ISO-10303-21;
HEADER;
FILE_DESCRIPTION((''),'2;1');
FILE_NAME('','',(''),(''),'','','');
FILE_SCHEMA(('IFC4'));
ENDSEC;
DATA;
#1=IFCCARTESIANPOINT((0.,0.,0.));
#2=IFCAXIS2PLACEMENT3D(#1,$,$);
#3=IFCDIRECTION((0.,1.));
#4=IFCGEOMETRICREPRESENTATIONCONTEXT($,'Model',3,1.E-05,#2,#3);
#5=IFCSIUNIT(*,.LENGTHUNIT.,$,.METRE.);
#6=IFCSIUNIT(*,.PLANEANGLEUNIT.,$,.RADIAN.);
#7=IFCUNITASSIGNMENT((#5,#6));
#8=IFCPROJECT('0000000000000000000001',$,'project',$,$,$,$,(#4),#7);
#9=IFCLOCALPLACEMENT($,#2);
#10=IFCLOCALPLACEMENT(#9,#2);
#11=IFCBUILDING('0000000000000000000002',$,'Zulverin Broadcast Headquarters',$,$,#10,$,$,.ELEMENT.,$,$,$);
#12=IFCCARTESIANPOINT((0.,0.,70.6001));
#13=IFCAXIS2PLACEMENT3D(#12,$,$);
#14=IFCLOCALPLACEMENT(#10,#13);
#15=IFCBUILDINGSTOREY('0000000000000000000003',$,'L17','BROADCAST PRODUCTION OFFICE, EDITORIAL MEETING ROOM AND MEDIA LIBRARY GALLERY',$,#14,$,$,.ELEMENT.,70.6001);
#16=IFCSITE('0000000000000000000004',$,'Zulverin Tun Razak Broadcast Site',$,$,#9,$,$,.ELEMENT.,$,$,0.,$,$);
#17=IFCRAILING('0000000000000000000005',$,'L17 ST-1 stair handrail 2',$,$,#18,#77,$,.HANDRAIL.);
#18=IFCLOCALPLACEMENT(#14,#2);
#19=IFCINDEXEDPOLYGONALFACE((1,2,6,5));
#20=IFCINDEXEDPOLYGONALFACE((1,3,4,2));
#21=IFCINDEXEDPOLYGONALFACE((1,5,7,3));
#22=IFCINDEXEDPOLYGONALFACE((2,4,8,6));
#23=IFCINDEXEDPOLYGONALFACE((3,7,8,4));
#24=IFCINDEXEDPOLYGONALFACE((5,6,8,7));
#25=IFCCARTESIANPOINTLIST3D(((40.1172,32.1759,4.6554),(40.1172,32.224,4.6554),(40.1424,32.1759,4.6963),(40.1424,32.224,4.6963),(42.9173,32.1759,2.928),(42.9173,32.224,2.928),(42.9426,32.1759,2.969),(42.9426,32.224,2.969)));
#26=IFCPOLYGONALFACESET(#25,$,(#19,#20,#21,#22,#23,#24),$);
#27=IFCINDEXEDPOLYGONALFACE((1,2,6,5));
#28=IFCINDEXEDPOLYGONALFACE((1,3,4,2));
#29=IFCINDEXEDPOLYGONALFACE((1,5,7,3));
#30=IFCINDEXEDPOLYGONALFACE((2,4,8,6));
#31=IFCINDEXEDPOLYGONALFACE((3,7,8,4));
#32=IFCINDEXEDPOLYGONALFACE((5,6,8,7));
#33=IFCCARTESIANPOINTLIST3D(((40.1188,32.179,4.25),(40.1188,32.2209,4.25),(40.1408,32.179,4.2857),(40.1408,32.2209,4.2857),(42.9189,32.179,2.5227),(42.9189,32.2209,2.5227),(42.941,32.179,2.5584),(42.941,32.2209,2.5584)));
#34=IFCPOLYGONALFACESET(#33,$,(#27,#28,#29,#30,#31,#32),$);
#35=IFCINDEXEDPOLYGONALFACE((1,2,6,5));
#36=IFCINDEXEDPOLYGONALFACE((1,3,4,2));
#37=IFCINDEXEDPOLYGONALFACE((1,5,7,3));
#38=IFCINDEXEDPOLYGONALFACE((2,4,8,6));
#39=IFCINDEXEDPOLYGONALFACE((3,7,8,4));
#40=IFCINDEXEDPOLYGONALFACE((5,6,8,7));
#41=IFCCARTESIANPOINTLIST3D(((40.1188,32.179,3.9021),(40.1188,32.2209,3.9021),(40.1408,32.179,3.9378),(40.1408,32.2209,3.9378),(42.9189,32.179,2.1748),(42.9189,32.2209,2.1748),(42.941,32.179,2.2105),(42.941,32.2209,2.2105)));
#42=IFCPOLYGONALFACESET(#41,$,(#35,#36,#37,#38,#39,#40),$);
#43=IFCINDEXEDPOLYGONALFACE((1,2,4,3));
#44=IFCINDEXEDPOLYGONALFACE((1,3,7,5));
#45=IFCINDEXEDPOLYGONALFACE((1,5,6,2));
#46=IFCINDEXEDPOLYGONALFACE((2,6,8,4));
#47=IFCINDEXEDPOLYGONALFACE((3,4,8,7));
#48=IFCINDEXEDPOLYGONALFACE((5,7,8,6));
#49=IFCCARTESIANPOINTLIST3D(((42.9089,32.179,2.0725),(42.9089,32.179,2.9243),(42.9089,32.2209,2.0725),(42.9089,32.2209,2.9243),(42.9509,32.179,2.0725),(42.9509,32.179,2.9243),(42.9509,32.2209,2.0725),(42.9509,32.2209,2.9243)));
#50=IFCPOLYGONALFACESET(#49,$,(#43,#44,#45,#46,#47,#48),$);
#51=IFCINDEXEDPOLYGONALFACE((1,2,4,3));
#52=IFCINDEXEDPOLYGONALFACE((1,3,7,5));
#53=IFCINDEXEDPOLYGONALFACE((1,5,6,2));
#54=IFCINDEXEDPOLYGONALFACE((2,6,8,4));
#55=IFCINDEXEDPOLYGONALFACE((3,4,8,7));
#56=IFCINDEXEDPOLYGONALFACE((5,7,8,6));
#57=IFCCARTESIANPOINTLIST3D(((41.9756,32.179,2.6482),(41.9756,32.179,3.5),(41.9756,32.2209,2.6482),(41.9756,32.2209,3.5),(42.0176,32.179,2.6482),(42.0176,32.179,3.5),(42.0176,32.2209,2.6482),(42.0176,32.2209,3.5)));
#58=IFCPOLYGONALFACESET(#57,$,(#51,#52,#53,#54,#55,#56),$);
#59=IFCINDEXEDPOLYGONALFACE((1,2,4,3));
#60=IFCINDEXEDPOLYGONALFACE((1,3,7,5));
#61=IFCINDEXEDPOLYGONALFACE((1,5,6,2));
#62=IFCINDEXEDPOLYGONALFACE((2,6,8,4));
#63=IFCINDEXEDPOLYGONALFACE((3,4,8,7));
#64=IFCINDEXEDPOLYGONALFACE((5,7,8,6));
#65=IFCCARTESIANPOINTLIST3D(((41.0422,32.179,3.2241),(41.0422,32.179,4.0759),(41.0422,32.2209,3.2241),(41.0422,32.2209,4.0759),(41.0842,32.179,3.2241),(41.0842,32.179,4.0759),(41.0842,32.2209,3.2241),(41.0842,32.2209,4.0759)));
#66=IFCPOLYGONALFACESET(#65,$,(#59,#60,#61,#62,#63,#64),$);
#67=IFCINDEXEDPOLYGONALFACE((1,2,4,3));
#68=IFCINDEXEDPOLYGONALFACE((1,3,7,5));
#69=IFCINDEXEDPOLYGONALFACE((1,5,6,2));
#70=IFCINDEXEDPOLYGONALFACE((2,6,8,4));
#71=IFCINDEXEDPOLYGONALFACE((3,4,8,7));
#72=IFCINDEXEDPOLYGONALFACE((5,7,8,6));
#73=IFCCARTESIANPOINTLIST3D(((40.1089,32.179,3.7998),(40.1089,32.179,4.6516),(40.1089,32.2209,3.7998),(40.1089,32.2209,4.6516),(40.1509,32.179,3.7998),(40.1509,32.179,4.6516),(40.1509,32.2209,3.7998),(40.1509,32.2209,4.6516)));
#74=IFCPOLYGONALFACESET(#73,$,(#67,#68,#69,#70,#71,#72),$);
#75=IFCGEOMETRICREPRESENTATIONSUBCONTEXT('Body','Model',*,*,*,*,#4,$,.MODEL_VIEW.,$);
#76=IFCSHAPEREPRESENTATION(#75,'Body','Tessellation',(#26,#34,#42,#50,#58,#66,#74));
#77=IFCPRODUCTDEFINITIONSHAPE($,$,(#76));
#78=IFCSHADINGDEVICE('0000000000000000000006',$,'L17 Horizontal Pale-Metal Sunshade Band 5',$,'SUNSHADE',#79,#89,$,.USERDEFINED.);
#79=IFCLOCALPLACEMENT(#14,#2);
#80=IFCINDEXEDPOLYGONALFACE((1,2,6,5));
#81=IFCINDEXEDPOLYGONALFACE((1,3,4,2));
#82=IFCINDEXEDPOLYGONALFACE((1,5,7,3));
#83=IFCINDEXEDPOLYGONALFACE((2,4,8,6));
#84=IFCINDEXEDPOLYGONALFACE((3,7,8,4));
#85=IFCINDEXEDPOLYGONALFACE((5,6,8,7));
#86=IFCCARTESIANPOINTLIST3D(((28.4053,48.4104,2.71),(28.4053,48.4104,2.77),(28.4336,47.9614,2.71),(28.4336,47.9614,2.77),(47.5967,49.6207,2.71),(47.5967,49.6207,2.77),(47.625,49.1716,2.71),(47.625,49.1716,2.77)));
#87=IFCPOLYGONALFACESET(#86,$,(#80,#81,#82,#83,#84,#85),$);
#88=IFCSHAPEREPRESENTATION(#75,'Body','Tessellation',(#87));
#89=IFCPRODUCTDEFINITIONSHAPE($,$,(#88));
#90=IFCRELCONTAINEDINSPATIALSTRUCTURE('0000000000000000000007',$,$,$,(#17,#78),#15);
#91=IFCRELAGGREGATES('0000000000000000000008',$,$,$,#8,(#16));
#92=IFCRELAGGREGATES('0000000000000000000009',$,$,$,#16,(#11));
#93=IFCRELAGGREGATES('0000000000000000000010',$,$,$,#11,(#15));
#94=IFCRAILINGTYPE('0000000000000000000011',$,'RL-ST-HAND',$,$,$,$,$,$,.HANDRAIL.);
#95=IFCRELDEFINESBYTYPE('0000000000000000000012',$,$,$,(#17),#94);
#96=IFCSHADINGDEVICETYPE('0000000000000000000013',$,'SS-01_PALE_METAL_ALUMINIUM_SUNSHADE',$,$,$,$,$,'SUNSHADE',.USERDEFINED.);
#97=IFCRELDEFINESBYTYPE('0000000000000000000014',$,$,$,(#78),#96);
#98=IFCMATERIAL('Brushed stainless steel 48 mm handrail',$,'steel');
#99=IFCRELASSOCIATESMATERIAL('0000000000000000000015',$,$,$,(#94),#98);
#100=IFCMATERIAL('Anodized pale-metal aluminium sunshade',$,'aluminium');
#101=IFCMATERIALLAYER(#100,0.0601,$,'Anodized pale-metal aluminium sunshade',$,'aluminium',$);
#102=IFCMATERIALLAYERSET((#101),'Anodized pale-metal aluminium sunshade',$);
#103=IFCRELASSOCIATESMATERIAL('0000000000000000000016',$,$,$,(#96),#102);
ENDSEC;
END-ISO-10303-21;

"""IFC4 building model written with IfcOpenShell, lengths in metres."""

from ifc_helpers import new_model, si_unit, direction, frame, origin, origin_2d, place, context, subcontext, project, spatial, rectangle, extrude, material, layer, layer_set, type_object, element, save


model = new_model("IFC4")

# Units and contexts
model_context = context("Model", 3, precision=1e-05, world=origin(), true_north=direction((0.0, 1.0)))
body_context = subcontext(model_context, "Body", "Model", "MODEL_VIEW")
ifc_project = project(units=[si_unit("LENGTHUNIT", "METRE"), si_unit("PLANEANGLEUNIT", "RADIAN")], contexts=[model_context])

# Site, building, storey
site_placement = place(None, origin())
site = spatial("IfcSite", under=ifc_project, at=site_placement, Name="Zulverin Tun Razak Broadcast Site", CompositionType="ELEMENT", RefElevation=0.0)
building_placement = place(site_placement, origin())
building = spatial("IfcBuilding", under=site, at=building_placement, Name="Zulverin Broadcast Headquarters", CompositionType="ELEMENT")
storey_placement = place(building_placement, frame((0.0, 0.0, 70.6001)))
storey = spatial("IfcBuildingStorey", under=building, at=storey_placement, Name="L17", Description="BROADCAST PRODUCTION OFFICE, EDITORIAL MEETING ROOM AND MEDIA LIBRARY GALLERY", CompositionType="ELEMENT", Elevation=70.6001)

# Railing
ifc_material_1 = material(Name="Brushed stainless steel 48 mm handrail", Category="steel")
railing_type_1 = type_object("IfcRailingType", Name="RL-ST-HAND", PredefinedType="HANDRAIL", material=ifc_material_1)
railing_1_placement = place(storey_placement, frame((42.9299, 32.2, 2.0725)))
element("IfcRailing", 1, at=railing_1_placement, inside=storey, type_object=railing_type_1, Name="L17 ST-1 stair handrail 2", PredefinedType="HANDRAIL", context=body_context, shape_type="SweptSolid", body=[
    extrude(rectangle(XDim=0.0481, YDim=0.0481, at=origin_2d()), frame((0.0, 0.0, 0.876), z_axis=(-0.85109, 0.0, 0.52502), x_axis=(0.0, -1.0, 0.0)), (0.0, 0.0, 1.0), 3.29),
    extrude(rectangle(XDim=0.042, YDim=0.042, at=origin_2d()), frame((0.0, 0.0, 0.468), z_axis=(-0.85109, 0.0, 0.52502), x_axis=(0.0, -1.0, 0.0)), (0.0, 0.0, 1.0), 3.29),
    extrude(rectangle(XDim=0.042, YDim=0.042, at=origin_2d()), frame((0.0, 0.0, 0.1201), z_axis=(-0.85109, 0.0, 0.52502), x_axis=(0.0, -1.0, 0.0)), (0.0, 0.0, 1.0), 3.29),
    extrude(rectangle(XDim=0.042, YDim=0.042, at=origin_2d()), origin(), (0.0, 0.0, 1.0), 0.8518),
    extrude(rectangle(XDim=0.042, YDim=0.042, at=origin_2d()), frame((-0.9333, 0.0, 0.5757)), (0.0, 0.0, 1.0), 0.8518),
    extrude(rectangle(XDim=0.042, YDim=0.042, at=origin_2d()), frame((-1.8667, 0.0, 1.1516)), (0.0, 0.0, 1.0), 0.8518),
    extrude(rectangle(XDim=0.042, YDim=0.042, at=origin_2d()), frame((-2.8, 0.0, 1.7273)), (0.0, 0.0, 1.0), 0.8518),
])

# Shading device
ifc_material_2 = material(Name="Anodized pale-metal aluminium sunshade", Category="aluminium")
ifc_layer_1 = layer(ifc_material_2, 0.0601, Name="Anodized pale-metal aluminium sunshade", Category="aluminium")
ifc_layer_set_1 = layer_set([ifc_layer_1], Name="Anodized pale-metal aluminium sunshade")
shading_device_type = type_object("IfcShadingDeviceType", Name="SS-01_PALE_METAL_ALUMINIUM_SUNSHADE", ElementType="SUNSHADE", PredefinedType="USERDEFINED", material=ifc_layer_set_1)
shading_device_placement = place(storey_placement, frame((38.0151, 48.791, 2.71), z_axis=(0.0, 0.0, 1.0), x_axis=(-0.998018, -0.062935, 0.0)))
element("IfcShadingDevice", 2, at=shading_device_placement, inside=storey, type_object=shading_device_type, Name="L17 Horizontal Pale-Metal Sunshade Band 5", ObjectType="SUNSHADE", PredefinedType="USERDEFINED", context=body_context, shape_type="SweptSolid", body=[
    extrude(rectangle(XDim=19.2295, YDim=0.45, at=origin_2d()), origin(), (0.0, 0.0, 1.0), 0.0601),
])

save(model, "model.ifc")
